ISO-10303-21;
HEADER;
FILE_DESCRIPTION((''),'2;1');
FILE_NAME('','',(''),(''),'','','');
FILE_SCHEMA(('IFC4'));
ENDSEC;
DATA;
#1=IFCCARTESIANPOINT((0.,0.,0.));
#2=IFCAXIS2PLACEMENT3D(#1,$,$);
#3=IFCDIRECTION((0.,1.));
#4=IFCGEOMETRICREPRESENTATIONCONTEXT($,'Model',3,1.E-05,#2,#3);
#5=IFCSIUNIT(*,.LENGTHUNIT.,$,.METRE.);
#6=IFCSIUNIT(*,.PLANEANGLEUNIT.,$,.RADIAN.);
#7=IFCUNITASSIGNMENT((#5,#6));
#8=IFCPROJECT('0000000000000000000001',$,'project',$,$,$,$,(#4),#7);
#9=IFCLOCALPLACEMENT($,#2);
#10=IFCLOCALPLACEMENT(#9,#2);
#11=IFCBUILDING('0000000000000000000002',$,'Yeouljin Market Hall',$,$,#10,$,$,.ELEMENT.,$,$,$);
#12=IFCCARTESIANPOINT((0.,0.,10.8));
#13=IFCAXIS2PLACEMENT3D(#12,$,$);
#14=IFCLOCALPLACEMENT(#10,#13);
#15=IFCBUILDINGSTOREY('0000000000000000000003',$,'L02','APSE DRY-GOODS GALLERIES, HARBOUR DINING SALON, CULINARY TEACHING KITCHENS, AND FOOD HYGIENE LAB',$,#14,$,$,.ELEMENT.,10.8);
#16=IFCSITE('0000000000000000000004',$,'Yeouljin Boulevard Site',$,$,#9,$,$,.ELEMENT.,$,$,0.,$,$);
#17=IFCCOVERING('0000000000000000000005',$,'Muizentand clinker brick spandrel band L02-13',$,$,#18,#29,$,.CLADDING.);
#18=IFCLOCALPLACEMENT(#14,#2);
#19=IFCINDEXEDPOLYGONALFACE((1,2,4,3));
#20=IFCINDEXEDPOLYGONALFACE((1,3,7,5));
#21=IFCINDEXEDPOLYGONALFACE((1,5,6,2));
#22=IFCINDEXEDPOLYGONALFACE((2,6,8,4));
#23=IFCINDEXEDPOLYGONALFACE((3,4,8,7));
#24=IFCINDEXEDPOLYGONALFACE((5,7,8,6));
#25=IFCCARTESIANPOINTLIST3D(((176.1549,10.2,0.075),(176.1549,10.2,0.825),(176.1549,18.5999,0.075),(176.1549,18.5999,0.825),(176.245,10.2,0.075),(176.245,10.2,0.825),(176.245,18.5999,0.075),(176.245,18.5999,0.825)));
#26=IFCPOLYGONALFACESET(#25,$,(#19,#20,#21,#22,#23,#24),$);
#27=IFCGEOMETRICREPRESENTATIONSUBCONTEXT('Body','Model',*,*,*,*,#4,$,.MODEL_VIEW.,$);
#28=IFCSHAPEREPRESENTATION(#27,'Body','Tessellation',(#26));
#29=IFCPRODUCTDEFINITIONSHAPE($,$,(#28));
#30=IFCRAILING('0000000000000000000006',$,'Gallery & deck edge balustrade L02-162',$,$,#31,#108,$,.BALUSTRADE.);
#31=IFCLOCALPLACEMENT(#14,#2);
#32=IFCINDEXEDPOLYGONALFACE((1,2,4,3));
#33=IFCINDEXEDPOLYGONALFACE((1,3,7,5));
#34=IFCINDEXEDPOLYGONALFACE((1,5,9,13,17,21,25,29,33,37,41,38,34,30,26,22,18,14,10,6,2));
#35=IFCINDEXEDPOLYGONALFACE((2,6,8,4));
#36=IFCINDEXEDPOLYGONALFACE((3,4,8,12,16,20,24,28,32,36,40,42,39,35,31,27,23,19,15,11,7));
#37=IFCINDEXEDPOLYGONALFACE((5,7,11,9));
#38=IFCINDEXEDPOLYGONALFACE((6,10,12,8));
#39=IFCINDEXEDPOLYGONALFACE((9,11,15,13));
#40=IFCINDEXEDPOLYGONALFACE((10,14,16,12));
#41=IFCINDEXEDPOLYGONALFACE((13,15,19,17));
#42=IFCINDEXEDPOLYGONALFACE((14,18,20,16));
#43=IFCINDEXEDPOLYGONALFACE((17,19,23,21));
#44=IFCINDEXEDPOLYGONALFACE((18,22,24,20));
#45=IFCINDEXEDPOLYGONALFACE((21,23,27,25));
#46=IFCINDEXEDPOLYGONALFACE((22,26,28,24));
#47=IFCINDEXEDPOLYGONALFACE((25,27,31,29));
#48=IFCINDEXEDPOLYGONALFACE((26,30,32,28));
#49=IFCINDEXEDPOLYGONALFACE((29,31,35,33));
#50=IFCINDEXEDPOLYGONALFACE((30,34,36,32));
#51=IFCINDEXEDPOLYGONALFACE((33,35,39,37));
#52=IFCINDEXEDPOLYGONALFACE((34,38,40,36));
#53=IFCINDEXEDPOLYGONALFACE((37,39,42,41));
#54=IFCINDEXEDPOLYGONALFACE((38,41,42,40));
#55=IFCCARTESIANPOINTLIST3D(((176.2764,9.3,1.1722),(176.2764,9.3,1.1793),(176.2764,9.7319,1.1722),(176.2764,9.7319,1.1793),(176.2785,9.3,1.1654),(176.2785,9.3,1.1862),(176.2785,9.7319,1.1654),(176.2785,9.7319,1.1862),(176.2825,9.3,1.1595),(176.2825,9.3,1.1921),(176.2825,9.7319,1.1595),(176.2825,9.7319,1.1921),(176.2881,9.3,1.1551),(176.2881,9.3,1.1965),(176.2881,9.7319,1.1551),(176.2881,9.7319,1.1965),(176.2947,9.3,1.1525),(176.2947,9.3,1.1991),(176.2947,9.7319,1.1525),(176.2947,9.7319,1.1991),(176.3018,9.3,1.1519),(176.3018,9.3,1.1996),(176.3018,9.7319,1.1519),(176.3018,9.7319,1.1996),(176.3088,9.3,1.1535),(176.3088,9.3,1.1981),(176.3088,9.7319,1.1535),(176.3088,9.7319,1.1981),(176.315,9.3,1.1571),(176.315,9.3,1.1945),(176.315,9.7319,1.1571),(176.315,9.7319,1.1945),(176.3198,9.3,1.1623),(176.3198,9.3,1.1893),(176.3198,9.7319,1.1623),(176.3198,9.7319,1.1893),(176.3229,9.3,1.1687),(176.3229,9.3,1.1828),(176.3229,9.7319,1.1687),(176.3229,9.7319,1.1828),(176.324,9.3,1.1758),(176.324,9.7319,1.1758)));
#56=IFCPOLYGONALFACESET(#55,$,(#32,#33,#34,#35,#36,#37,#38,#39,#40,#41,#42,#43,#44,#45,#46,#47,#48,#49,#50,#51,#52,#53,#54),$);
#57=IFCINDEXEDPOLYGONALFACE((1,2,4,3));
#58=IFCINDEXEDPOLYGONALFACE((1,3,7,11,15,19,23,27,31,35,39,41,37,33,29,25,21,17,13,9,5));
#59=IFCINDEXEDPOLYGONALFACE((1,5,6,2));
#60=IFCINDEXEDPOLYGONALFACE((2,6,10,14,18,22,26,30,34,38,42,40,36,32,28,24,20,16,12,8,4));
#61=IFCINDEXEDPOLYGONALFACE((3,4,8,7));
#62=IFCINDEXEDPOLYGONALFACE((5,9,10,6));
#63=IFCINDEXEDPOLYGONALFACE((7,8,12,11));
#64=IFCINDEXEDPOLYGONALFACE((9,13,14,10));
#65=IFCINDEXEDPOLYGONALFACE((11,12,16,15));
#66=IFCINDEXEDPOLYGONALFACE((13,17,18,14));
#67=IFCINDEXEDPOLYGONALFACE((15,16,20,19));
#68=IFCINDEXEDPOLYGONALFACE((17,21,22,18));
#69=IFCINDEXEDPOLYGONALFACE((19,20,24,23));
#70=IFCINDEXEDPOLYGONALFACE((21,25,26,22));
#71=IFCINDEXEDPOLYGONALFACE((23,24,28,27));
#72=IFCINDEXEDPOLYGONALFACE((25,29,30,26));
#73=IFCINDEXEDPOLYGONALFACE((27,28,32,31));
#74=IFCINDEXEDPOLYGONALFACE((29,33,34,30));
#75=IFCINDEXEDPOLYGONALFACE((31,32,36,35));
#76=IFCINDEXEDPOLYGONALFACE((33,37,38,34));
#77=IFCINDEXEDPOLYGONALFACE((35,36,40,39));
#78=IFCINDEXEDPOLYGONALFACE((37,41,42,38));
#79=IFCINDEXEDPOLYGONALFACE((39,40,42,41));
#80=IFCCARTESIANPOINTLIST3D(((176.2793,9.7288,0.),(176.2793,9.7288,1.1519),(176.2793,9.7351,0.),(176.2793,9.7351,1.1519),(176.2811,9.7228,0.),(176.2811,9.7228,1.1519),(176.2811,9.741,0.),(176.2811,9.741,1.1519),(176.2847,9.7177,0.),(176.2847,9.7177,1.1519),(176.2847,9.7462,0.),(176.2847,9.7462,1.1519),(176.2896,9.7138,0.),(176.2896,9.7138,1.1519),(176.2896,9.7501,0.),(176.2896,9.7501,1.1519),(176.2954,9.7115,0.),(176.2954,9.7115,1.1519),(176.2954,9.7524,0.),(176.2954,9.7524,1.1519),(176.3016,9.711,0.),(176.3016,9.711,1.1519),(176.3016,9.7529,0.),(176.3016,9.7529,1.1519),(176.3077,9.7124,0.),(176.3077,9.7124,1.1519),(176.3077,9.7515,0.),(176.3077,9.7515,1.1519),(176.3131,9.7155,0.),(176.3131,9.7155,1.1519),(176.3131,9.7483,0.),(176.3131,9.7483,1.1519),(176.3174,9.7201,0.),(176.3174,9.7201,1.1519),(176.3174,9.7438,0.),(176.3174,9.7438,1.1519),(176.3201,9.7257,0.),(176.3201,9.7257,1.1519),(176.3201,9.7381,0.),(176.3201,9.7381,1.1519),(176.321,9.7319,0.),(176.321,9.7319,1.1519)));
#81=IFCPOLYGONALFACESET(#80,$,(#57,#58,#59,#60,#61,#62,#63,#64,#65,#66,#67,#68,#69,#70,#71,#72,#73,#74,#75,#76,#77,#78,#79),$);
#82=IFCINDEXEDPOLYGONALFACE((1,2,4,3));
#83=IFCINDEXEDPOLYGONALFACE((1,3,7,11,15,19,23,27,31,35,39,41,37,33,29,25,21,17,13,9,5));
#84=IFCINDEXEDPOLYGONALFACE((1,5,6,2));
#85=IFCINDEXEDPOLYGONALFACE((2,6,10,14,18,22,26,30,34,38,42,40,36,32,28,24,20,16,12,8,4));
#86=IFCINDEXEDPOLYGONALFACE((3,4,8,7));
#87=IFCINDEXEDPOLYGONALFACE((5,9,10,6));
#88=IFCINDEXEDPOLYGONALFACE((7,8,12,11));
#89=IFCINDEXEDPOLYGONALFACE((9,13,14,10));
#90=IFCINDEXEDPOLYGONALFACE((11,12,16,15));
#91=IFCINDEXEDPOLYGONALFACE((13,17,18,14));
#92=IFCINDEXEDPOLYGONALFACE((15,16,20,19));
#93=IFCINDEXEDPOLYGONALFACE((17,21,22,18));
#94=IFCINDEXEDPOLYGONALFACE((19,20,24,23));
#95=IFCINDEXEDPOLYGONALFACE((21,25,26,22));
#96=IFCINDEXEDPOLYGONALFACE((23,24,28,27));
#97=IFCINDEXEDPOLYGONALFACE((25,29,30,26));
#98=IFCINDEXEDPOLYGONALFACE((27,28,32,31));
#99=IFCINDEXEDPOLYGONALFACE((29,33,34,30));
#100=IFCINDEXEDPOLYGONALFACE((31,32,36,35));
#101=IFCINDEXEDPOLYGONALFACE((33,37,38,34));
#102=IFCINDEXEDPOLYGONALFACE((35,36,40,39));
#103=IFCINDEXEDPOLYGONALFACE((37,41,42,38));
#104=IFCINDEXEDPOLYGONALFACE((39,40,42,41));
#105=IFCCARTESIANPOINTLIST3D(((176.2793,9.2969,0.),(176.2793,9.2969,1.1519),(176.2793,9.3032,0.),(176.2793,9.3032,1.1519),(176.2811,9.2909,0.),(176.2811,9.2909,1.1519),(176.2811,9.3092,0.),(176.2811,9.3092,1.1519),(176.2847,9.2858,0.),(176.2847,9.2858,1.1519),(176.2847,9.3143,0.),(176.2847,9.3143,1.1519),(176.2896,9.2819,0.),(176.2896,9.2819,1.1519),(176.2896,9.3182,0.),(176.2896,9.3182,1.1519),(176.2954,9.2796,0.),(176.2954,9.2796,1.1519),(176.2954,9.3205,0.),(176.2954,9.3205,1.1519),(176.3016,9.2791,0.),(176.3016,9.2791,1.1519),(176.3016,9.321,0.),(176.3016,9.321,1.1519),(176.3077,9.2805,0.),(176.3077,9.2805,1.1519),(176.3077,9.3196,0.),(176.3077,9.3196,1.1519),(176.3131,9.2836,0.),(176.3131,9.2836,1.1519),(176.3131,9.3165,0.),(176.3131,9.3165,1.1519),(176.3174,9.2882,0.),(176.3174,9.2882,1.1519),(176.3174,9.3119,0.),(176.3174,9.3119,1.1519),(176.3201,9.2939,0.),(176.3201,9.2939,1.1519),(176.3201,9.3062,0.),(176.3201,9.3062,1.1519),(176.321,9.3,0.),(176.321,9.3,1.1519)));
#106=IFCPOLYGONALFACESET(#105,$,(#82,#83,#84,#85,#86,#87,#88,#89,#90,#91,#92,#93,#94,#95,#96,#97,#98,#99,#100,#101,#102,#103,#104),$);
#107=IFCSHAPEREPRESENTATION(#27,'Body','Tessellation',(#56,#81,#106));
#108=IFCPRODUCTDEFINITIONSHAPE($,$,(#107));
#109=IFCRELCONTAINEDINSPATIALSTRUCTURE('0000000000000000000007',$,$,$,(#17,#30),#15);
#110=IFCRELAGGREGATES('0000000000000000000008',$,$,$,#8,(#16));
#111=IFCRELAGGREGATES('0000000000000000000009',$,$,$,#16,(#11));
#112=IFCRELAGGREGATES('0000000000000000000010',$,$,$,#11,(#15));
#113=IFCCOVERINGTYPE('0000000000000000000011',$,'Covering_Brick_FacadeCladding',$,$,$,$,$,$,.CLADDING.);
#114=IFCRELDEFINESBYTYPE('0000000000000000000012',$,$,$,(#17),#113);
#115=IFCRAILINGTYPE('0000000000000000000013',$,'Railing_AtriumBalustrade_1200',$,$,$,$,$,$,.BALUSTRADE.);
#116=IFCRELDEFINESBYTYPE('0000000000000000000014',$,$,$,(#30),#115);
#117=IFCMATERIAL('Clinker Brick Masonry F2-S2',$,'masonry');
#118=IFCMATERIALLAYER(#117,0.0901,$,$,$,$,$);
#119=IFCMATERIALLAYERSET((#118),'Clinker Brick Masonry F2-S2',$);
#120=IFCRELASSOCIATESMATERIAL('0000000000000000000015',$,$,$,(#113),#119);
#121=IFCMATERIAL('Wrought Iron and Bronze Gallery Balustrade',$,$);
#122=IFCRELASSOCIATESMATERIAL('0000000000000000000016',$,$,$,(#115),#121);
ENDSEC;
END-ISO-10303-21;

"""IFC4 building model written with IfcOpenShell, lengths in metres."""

from ifc_helpers import new_model, si_unit, direction, frame, origin, origin_2d, place, context, subcontext, project, spatial, rectangle, circle, extrude, material, layer, layer_set, type_object, element, save


model = new_model("IFC4")

# Units and contexts
model_context = context("Model", 3, precision=1e-05, world=origin(), true_north=direction((0.0, 1.0)))
body_context = subcontext(model_context, "Body", "Model", "MODEL_VIEW")
ifc_project = project(units=[si_unit("LENGTHUNIT", "METRE"), si_unit("PLANEANGLEUNIT", "RADIAN")], contexts=[model_context])

# Site, building, storey
site_placement = place(None, origin())
site = spatial("IfcSite", under=ifc_project, at=site_placement, Name="Yeouljin Boulevard Site", CompositionType="ELEMENT", RefElevation=0.0)
building_placement = place(site_placement, origin())
building = spatial("IfcBuilding", under=site, at=building_placement, Name="Yeouljin Market Hall", CompositionType="ELEMENT")
storey_placement = place(building_placement, frame((0.0, 0.0, 10.8)))
storey = spatial("IfcBuildingStorey", under=building, at=storey_placement, Name="L02", Description="APSE DRY-GOODS GALLERIES, HARBOUR DINING SALON, CULINARY TEACHING KITCHENS, AND FOOD HYGIENE LAB", CompositionType="ELEMENT", Elevation=10.8)

# Covering
ifc_material_1 = material(Name="Clinker Brick Masonry F2-S2", Category="masonry")
ifc_layer_1 = layer(ifc_material_1, 0.0901)
ifc_layer_set_1 = layer_set([ifc_layer_1], Name="Clinker Brick Masonry F2-S2")
covering_type = type_object("IfcCoveringType", Name="Covering_Brick_FacadeCladding", PredefinedType="CLADDING", material=ifc_layer_set_1)
covering_placement = place(storey_placement, frame((176.2, 14.3999, 0.075), z_axis=(0.0, 0.0, 1.0), x_axis=(0.0, -1.0, 0.0)))
element("IfcCovering", 1, at=covering_placement, inside=storey, type_object=covering_type, Name="Muizentand clinker brick spandrel band L02-13", PredefinedType="CLADDING", context=body_context, shape_type="SweptSolid", body=[
    extrude(rectangle(XDim=8.3999, YDim=0.0901, at=origin_2d()), origin(), (0.0, 0.0, 1.0), 0.75),
])

# Railing
ifc_material_2 = material(Name="Wrought Iron and Bronze Gallery Balustrade")
railing_type = type_object("IfcRailingType", Name="Railing_AtriumBalustrade_1200", PredefinedType="BALUSTRADE", material=ifc_material_2)
railing_placement = place(storey_placement, frame((176.3, 9.7319, 0.0)))
element("IfcRailing", 2, at=railing_placement, inside=storey, type_object=railing_type, Name="Gallery & deck edge balustrade L02-162", PredefinedType="BALUSTRADE", context=body_context, shape_type="SweptSolid", body=[
    extrude(circle(Radius=0.0239, at=origin_2d()), frame((0.0, 0.0, 1.1758), z_axis=(0.0, -1.0, 0.0), x_axis=(1.0, 0.0, 0.0)), (0.0, 0.0, 1.0), 0.4319),
    extrude(circle(Radius=0.021, at=origin_2d()), origin(), (0.0, 0.0, 1.0), 1.1519),
    extrude(circle(Radius=0.021, at=origin_2d()), frame((0.0, -0.4319, 0.0)), (0.0, 0.0, 1.0), 1.1519),
])

save(model, "model.ifc")
